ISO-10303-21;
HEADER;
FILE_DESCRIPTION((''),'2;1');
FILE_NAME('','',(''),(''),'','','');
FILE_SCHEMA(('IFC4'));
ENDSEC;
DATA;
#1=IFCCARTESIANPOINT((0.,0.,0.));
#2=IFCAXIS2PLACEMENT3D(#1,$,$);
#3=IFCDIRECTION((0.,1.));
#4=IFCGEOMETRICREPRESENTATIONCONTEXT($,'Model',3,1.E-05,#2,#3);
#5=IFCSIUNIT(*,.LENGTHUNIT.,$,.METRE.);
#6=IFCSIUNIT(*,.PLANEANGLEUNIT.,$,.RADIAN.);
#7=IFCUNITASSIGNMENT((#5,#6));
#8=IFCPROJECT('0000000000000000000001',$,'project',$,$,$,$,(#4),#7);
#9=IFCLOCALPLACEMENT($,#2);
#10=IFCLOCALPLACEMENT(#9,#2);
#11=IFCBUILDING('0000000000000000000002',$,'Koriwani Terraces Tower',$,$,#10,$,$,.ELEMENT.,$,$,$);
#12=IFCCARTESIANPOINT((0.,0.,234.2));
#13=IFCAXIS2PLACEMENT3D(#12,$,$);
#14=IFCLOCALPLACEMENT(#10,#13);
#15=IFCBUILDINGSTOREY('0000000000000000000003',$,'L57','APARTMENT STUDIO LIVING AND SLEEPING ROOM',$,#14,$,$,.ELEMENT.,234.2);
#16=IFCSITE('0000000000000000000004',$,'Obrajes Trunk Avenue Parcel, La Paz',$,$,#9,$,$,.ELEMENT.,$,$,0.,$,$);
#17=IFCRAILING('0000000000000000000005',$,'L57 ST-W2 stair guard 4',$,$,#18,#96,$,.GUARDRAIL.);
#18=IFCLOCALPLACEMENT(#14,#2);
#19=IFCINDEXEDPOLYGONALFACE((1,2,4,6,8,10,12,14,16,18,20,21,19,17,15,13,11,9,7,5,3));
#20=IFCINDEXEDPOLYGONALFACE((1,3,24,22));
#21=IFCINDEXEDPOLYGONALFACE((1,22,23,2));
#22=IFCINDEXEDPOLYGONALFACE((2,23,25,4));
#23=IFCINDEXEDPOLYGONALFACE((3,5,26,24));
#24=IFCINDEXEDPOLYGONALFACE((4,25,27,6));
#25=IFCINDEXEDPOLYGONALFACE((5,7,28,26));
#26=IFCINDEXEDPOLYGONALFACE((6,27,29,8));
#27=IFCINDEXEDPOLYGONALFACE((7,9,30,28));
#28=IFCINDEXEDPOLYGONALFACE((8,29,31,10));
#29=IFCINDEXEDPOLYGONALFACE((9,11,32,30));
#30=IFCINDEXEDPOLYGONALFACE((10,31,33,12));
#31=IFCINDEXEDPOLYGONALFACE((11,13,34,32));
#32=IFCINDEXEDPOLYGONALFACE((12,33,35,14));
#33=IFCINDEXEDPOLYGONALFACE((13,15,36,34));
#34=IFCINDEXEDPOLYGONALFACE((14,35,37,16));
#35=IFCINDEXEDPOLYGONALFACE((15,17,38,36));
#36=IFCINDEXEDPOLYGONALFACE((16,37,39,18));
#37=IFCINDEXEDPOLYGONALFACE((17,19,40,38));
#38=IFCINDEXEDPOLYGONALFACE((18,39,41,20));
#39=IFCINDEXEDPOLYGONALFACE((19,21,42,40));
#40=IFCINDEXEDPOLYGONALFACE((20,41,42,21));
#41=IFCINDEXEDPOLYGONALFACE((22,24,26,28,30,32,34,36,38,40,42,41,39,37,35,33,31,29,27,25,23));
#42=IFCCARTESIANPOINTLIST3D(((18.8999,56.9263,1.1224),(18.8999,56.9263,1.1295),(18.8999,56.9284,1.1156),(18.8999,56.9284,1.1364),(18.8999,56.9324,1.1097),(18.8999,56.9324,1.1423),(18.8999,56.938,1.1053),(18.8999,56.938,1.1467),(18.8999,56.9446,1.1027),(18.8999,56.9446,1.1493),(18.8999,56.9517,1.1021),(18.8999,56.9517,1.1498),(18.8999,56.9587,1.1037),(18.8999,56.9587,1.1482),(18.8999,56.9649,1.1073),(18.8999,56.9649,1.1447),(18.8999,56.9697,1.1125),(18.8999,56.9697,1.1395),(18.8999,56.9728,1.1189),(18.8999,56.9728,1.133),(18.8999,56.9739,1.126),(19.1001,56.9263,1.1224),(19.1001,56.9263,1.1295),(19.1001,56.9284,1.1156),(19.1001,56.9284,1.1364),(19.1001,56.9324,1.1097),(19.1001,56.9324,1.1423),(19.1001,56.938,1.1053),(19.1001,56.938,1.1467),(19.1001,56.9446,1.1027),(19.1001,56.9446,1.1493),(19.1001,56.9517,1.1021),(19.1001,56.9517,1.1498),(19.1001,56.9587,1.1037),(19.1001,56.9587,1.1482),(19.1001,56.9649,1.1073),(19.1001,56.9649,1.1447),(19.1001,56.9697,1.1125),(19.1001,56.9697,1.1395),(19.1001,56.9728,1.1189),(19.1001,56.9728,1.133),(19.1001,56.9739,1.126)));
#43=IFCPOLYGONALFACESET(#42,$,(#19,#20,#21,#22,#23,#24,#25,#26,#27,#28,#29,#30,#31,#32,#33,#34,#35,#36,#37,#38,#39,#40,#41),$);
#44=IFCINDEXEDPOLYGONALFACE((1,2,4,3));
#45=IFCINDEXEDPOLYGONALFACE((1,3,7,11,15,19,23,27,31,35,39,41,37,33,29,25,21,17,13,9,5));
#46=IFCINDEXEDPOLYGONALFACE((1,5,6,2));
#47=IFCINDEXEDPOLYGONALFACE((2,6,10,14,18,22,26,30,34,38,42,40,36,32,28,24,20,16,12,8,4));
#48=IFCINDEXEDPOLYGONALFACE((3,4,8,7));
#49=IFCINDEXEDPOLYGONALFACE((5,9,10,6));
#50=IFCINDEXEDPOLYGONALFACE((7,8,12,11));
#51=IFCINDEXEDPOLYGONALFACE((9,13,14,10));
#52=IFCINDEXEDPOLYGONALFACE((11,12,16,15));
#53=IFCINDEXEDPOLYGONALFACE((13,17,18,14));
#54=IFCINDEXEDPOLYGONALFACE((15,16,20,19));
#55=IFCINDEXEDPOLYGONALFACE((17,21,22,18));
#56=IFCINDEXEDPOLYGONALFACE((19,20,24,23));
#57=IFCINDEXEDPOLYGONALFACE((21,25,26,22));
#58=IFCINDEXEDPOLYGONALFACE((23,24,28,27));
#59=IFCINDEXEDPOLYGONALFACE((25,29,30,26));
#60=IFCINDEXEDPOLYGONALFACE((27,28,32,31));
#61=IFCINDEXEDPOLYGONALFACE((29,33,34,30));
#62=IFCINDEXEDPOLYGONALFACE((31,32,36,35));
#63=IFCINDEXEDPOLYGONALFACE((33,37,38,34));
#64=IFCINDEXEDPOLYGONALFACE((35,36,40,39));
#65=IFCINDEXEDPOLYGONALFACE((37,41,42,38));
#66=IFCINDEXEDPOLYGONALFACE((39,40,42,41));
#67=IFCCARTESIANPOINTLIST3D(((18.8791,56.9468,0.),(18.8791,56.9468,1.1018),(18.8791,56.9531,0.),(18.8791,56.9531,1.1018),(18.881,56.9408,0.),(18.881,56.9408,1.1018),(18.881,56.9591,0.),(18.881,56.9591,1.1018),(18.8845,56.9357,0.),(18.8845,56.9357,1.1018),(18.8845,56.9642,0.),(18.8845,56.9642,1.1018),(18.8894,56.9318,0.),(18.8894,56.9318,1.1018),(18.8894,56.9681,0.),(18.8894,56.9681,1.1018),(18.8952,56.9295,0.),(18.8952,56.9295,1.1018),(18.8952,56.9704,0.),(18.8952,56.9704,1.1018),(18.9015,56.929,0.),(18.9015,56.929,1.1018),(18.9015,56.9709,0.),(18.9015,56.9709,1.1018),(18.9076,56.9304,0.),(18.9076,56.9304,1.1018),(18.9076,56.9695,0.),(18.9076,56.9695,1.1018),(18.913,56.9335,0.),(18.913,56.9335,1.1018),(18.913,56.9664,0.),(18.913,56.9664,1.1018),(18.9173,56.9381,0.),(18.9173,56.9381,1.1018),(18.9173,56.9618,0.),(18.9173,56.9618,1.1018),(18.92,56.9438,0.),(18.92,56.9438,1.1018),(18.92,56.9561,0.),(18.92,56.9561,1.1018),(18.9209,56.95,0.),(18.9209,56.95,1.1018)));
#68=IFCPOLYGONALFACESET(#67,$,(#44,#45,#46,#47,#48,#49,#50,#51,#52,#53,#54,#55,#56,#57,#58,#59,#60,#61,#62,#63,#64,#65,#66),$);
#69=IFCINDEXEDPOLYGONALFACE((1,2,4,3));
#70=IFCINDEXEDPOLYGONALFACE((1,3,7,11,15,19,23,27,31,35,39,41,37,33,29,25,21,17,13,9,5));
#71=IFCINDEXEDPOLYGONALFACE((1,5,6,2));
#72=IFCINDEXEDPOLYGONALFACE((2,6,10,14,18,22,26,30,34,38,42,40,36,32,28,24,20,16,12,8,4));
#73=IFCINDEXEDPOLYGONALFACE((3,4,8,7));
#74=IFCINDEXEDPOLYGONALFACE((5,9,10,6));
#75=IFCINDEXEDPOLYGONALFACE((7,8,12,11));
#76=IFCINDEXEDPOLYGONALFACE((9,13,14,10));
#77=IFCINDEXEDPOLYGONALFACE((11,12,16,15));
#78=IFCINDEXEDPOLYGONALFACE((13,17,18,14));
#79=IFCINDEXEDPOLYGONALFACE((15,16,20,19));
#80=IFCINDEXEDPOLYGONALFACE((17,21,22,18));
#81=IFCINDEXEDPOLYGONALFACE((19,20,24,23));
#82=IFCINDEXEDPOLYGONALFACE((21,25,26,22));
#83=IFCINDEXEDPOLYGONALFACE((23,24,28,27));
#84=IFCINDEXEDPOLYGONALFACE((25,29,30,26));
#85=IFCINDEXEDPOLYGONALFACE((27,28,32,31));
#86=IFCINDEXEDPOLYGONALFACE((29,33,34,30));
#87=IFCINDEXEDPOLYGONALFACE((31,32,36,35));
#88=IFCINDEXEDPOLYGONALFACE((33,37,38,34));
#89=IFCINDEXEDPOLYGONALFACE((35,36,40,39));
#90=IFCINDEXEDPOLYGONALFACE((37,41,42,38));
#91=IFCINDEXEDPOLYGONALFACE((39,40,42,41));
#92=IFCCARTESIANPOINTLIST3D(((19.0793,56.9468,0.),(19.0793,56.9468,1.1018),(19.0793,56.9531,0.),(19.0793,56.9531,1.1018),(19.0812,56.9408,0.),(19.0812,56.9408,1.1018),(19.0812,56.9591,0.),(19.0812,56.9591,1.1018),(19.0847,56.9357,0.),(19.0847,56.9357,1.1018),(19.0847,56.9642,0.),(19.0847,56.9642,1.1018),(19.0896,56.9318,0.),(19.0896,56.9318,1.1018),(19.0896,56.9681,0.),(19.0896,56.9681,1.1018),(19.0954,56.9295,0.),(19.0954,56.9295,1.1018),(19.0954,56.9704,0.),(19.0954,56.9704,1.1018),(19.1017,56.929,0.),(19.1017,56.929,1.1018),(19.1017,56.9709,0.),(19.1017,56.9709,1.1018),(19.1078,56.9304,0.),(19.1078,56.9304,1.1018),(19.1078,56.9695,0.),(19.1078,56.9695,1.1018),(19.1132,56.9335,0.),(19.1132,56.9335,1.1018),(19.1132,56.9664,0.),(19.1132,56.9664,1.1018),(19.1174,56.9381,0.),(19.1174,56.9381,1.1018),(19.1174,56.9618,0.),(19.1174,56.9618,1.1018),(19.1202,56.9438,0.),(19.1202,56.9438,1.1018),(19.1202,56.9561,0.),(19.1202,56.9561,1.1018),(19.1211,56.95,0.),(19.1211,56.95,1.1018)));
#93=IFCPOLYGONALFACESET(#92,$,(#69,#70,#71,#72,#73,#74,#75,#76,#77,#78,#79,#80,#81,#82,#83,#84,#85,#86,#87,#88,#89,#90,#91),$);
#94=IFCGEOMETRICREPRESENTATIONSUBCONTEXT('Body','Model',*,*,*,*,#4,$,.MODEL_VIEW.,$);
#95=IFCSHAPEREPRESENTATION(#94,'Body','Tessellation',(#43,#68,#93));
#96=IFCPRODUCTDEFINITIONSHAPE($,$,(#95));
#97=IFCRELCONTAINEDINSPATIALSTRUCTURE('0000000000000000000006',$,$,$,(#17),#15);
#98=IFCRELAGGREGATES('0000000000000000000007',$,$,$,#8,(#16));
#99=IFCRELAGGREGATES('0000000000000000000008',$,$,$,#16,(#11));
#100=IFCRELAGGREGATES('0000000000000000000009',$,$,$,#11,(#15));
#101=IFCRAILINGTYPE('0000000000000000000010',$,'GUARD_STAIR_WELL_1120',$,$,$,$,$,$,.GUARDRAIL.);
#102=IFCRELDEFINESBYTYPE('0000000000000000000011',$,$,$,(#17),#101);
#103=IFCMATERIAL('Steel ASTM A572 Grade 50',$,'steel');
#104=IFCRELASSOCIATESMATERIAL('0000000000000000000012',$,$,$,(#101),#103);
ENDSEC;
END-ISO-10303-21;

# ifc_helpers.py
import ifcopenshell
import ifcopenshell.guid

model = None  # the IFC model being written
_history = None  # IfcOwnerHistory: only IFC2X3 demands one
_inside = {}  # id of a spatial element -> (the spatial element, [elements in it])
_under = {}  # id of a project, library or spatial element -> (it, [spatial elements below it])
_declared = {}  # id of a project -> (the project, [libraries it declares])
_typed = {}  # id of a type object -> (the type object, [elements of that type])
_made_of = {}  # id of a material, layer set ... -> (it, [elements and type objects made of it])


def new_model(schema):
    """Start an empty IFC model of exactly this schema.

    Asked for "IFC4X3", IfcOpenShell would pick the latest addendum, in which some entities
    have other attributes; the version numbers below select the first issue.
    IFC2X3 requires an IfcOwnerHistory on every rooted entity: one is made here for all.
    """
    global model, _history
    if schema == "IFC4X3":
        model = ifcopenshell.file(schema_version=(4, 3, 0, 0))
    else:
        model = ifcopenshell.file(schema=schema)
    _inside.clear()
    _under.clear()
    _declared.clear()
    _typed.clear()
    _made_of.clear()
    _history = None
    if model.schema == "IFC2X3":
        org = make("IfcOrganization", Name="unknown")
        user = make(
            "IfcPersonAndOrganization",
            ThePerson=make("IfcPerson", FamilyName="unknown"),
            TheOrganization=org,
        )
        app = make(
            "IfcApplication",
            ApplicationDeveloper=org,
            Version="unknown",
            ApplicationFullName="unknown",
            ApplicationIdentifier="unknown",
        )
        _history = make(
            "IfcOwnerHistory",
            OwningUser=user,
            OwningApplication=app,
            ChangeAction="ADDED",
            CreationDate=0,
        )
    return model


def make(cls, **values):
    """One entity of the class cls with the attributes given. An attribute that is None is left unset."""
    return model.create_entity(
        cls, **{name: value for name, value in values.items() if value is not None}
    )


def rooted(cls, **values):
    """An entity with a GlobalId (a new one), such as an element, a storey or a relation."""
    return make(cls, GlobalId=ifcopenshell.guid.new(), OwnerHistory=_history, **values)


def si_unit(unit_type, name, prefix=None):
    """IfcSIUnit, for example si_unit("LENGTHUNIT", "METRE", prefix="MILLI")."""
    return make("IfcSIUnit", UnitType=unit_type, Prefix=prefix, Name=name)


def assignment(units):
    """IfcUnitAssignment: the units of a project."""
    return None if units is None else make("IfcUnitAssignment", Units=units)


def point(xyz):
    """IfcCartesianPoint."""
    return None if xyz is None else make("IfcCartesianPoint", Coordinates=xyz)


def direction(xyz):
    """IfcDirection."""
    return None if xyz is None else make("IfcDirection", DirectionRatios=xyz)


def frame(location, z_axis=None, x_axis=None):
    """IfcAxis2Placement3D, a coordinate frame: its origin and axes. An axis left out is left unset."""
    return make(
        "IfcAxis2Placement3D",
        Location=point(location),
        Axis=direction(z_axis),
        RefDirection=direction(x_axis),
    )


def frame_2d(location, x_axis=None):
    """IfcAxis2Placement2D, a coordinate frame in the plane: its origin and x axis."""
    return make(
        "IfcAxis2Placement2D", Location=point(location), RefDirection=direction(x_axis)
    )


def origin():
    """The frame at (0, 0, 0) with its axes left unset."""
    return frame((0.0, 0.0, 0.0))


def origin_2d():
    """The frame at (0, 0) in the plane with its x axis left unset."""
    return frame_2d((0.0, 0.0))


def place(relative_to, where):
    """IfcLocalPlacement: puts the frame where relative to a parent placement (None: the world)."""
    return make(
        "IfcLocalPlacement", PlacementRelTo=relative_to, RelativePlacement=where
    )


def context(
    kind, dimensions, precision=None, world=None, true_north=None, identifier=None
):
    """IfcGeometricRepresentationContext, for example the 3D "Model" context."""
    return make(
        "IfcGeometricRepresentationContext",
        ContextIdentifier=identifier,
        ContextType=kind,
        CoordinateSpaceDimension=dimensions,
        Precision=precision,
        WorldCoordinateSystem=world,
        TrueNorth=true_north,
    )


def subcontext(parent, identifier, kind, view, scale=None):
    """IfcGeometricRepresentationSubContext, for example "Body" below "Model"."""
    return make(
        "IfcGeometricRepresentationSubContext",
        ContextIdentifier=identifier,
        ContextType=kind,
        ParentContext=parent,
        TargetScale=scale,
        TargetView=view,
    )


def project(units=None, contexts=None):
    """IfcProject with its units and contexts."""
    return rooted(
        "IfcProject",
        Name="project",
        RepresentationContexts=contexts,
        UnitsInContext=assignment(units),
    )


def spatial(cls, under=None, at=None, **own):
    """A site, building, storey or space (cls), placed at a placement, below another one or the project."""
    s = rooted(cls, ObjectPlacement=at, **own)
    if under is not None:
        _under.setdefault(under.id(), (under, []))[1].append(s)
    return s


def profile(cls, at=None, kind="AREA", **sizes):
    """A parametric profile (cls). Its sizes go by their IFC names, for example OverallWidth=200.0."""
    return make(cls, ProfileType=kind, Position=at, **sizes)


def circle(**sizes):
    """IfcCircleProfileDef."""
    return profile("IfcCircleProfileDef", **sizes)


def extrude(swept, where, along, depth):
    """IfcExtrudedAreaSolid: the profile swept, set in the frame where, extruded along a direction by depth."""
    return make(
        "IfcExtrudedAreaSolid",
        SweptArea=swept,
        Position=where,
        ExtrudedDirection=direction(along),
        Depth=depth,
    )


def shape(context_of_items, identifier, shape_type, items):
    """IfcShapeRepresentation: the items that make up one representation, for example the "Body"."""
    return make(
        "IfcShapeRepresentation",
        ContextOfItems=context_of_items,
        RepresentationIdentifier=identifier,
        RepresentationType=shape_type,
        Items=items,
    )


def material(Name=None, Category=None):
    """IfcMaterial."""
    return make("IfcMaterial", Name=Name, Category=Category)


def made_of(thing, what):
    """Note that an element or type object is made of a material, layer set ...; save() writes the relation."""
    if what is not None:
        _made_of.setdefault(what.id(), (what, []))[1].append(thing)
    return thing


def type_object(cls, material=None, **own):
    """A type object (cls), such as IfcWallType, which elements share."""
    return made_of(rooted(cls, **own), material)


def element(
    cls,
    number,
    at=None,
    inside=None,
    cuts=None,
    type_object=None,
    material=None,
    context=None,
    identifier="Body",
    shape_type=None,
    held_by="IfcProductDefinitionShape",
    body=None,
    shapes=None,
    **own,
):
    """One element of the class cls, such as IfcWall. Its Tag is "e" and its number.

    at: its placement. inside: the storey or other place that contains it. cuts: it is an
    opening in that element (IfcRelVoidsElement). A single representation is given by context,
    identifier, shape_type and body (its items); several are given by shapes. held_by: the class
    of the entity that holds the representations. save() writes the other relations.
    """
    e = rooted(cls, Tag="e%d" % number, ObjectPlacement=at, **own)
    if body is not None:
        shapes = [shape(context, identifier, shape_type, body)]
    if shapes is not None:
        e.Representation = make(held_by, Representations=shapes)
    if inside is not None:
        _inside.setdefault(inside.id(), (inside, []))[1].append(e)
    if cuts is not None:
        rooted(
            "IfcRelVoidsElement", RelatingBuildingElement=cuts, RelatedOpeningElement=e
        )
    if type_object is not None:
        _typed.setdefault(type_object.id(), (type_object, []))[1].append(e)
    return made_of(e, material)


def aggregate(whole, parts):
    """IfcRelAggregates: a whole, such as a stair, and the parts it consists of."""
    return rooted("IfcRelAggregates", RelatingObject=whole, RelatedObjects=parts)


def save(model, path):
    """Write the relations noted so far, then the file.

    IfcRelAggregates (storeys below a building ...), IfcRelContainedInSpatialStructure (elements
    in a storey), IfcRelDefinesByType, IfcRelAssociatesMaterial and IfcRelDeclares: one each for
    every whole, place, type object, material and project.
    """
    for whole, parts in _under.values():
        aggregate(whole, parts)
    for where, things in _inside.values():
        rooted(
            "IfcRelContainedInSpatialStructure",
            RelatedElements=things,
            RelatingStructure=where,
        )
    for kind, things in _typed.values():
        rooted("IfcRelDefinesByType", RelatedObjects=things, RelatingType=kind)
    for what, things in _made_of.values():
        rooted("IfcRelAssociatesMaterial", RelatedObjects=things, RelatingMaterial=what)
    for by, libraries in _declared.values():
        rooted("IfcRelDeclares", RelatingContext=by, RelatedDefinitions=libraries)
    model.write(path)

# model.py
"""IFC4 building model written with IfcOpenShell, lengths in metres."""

from ifc_helpers import new_model, si_unit, direction, frame, origin, origin_2d, place, context, subcontext, project, spatial, circle, extrude, material, type_object, element, save


model = new_model("IFC4")

# Units and contexts
model_context = context("Model", 3, precision=1e-05, world=origin(), true_north=direction((0.0, 1.0)))
body_context = subcontext(model_context, "Body", "Model", "MODEL_VIEW")
ifc_project = project(units=[si_unit("LENGTHUNIT", "METRE"), si_unit("PLANEANGLEUNIT", "RADIAN")], contexts=[model_context])

# Site, building, storey
site_placement = place(None, origin())
site = spatial("IfcSite", under=ifc_project, at=site_placement, Name="Obrajes Trunk Avenue Parcel, La Paz", CompositionType="ELEMENT", RefElevation=0.0)
building_placement = place(site_placement, origin())
building = spatial("IfcBuilding", under=site, at=building_placement, Name="Koriwani Terraces Tower", CompositionType="ELEMENT")
storey_placement = place(building_placement, frame((0.0, 0.0, 234.2)))
storey = spatial("IfcBuildingStorey", under=building, at=storey_placement, Name="L57", Description="APARTMENT STUDIO LIVING AND SLEEPING ROOM", CompositionType="ELEMENT", Elevation=234.2)

# Shared definitions
ifc_material_1 = material(Name="Steel ASTM A572 Grade 50", Category="steel")

# Railing
railing_type_1 = type_object("IfcRailingType", Name="GUARD_STAIR_WELL_1120", PredefinedType="GUARDRAIL", material=ifc_material_1)
railing_1_placement = place(storey_placement, frame((18.8999, 56.95, 0.0)))
element("IfcRailing", 1, at=railing_1_placement, inside=storey, type_object=railing_type_1, Name="L57 ST-W2 stair guard 4", PredefinedType="GUARDRAIL", context=body_context, shape_type="SweptSolid", body=[
    extrude(circle(Radius=0.0239, at=origin_2d()), frame((0.0, 0.0, 1.126), z_axis=(1.0, 0.0, 0.0), x_axis=(0.0, 1.0, 0.0)), (0.0, 0.0, 1.0), 0.2002),
    extrude(circle(Radius=0.021, at=origin_2d()), origin(), (0.0, 0.0, 1.0), 1.1018),
    extrude(circle(Radius=0.021, at=origin_2d()), frame((0.2002, 0.0, 0.0)), (0.0, 0.0, 1.0), 1.1018),
])

save(model, "model.ifc")
